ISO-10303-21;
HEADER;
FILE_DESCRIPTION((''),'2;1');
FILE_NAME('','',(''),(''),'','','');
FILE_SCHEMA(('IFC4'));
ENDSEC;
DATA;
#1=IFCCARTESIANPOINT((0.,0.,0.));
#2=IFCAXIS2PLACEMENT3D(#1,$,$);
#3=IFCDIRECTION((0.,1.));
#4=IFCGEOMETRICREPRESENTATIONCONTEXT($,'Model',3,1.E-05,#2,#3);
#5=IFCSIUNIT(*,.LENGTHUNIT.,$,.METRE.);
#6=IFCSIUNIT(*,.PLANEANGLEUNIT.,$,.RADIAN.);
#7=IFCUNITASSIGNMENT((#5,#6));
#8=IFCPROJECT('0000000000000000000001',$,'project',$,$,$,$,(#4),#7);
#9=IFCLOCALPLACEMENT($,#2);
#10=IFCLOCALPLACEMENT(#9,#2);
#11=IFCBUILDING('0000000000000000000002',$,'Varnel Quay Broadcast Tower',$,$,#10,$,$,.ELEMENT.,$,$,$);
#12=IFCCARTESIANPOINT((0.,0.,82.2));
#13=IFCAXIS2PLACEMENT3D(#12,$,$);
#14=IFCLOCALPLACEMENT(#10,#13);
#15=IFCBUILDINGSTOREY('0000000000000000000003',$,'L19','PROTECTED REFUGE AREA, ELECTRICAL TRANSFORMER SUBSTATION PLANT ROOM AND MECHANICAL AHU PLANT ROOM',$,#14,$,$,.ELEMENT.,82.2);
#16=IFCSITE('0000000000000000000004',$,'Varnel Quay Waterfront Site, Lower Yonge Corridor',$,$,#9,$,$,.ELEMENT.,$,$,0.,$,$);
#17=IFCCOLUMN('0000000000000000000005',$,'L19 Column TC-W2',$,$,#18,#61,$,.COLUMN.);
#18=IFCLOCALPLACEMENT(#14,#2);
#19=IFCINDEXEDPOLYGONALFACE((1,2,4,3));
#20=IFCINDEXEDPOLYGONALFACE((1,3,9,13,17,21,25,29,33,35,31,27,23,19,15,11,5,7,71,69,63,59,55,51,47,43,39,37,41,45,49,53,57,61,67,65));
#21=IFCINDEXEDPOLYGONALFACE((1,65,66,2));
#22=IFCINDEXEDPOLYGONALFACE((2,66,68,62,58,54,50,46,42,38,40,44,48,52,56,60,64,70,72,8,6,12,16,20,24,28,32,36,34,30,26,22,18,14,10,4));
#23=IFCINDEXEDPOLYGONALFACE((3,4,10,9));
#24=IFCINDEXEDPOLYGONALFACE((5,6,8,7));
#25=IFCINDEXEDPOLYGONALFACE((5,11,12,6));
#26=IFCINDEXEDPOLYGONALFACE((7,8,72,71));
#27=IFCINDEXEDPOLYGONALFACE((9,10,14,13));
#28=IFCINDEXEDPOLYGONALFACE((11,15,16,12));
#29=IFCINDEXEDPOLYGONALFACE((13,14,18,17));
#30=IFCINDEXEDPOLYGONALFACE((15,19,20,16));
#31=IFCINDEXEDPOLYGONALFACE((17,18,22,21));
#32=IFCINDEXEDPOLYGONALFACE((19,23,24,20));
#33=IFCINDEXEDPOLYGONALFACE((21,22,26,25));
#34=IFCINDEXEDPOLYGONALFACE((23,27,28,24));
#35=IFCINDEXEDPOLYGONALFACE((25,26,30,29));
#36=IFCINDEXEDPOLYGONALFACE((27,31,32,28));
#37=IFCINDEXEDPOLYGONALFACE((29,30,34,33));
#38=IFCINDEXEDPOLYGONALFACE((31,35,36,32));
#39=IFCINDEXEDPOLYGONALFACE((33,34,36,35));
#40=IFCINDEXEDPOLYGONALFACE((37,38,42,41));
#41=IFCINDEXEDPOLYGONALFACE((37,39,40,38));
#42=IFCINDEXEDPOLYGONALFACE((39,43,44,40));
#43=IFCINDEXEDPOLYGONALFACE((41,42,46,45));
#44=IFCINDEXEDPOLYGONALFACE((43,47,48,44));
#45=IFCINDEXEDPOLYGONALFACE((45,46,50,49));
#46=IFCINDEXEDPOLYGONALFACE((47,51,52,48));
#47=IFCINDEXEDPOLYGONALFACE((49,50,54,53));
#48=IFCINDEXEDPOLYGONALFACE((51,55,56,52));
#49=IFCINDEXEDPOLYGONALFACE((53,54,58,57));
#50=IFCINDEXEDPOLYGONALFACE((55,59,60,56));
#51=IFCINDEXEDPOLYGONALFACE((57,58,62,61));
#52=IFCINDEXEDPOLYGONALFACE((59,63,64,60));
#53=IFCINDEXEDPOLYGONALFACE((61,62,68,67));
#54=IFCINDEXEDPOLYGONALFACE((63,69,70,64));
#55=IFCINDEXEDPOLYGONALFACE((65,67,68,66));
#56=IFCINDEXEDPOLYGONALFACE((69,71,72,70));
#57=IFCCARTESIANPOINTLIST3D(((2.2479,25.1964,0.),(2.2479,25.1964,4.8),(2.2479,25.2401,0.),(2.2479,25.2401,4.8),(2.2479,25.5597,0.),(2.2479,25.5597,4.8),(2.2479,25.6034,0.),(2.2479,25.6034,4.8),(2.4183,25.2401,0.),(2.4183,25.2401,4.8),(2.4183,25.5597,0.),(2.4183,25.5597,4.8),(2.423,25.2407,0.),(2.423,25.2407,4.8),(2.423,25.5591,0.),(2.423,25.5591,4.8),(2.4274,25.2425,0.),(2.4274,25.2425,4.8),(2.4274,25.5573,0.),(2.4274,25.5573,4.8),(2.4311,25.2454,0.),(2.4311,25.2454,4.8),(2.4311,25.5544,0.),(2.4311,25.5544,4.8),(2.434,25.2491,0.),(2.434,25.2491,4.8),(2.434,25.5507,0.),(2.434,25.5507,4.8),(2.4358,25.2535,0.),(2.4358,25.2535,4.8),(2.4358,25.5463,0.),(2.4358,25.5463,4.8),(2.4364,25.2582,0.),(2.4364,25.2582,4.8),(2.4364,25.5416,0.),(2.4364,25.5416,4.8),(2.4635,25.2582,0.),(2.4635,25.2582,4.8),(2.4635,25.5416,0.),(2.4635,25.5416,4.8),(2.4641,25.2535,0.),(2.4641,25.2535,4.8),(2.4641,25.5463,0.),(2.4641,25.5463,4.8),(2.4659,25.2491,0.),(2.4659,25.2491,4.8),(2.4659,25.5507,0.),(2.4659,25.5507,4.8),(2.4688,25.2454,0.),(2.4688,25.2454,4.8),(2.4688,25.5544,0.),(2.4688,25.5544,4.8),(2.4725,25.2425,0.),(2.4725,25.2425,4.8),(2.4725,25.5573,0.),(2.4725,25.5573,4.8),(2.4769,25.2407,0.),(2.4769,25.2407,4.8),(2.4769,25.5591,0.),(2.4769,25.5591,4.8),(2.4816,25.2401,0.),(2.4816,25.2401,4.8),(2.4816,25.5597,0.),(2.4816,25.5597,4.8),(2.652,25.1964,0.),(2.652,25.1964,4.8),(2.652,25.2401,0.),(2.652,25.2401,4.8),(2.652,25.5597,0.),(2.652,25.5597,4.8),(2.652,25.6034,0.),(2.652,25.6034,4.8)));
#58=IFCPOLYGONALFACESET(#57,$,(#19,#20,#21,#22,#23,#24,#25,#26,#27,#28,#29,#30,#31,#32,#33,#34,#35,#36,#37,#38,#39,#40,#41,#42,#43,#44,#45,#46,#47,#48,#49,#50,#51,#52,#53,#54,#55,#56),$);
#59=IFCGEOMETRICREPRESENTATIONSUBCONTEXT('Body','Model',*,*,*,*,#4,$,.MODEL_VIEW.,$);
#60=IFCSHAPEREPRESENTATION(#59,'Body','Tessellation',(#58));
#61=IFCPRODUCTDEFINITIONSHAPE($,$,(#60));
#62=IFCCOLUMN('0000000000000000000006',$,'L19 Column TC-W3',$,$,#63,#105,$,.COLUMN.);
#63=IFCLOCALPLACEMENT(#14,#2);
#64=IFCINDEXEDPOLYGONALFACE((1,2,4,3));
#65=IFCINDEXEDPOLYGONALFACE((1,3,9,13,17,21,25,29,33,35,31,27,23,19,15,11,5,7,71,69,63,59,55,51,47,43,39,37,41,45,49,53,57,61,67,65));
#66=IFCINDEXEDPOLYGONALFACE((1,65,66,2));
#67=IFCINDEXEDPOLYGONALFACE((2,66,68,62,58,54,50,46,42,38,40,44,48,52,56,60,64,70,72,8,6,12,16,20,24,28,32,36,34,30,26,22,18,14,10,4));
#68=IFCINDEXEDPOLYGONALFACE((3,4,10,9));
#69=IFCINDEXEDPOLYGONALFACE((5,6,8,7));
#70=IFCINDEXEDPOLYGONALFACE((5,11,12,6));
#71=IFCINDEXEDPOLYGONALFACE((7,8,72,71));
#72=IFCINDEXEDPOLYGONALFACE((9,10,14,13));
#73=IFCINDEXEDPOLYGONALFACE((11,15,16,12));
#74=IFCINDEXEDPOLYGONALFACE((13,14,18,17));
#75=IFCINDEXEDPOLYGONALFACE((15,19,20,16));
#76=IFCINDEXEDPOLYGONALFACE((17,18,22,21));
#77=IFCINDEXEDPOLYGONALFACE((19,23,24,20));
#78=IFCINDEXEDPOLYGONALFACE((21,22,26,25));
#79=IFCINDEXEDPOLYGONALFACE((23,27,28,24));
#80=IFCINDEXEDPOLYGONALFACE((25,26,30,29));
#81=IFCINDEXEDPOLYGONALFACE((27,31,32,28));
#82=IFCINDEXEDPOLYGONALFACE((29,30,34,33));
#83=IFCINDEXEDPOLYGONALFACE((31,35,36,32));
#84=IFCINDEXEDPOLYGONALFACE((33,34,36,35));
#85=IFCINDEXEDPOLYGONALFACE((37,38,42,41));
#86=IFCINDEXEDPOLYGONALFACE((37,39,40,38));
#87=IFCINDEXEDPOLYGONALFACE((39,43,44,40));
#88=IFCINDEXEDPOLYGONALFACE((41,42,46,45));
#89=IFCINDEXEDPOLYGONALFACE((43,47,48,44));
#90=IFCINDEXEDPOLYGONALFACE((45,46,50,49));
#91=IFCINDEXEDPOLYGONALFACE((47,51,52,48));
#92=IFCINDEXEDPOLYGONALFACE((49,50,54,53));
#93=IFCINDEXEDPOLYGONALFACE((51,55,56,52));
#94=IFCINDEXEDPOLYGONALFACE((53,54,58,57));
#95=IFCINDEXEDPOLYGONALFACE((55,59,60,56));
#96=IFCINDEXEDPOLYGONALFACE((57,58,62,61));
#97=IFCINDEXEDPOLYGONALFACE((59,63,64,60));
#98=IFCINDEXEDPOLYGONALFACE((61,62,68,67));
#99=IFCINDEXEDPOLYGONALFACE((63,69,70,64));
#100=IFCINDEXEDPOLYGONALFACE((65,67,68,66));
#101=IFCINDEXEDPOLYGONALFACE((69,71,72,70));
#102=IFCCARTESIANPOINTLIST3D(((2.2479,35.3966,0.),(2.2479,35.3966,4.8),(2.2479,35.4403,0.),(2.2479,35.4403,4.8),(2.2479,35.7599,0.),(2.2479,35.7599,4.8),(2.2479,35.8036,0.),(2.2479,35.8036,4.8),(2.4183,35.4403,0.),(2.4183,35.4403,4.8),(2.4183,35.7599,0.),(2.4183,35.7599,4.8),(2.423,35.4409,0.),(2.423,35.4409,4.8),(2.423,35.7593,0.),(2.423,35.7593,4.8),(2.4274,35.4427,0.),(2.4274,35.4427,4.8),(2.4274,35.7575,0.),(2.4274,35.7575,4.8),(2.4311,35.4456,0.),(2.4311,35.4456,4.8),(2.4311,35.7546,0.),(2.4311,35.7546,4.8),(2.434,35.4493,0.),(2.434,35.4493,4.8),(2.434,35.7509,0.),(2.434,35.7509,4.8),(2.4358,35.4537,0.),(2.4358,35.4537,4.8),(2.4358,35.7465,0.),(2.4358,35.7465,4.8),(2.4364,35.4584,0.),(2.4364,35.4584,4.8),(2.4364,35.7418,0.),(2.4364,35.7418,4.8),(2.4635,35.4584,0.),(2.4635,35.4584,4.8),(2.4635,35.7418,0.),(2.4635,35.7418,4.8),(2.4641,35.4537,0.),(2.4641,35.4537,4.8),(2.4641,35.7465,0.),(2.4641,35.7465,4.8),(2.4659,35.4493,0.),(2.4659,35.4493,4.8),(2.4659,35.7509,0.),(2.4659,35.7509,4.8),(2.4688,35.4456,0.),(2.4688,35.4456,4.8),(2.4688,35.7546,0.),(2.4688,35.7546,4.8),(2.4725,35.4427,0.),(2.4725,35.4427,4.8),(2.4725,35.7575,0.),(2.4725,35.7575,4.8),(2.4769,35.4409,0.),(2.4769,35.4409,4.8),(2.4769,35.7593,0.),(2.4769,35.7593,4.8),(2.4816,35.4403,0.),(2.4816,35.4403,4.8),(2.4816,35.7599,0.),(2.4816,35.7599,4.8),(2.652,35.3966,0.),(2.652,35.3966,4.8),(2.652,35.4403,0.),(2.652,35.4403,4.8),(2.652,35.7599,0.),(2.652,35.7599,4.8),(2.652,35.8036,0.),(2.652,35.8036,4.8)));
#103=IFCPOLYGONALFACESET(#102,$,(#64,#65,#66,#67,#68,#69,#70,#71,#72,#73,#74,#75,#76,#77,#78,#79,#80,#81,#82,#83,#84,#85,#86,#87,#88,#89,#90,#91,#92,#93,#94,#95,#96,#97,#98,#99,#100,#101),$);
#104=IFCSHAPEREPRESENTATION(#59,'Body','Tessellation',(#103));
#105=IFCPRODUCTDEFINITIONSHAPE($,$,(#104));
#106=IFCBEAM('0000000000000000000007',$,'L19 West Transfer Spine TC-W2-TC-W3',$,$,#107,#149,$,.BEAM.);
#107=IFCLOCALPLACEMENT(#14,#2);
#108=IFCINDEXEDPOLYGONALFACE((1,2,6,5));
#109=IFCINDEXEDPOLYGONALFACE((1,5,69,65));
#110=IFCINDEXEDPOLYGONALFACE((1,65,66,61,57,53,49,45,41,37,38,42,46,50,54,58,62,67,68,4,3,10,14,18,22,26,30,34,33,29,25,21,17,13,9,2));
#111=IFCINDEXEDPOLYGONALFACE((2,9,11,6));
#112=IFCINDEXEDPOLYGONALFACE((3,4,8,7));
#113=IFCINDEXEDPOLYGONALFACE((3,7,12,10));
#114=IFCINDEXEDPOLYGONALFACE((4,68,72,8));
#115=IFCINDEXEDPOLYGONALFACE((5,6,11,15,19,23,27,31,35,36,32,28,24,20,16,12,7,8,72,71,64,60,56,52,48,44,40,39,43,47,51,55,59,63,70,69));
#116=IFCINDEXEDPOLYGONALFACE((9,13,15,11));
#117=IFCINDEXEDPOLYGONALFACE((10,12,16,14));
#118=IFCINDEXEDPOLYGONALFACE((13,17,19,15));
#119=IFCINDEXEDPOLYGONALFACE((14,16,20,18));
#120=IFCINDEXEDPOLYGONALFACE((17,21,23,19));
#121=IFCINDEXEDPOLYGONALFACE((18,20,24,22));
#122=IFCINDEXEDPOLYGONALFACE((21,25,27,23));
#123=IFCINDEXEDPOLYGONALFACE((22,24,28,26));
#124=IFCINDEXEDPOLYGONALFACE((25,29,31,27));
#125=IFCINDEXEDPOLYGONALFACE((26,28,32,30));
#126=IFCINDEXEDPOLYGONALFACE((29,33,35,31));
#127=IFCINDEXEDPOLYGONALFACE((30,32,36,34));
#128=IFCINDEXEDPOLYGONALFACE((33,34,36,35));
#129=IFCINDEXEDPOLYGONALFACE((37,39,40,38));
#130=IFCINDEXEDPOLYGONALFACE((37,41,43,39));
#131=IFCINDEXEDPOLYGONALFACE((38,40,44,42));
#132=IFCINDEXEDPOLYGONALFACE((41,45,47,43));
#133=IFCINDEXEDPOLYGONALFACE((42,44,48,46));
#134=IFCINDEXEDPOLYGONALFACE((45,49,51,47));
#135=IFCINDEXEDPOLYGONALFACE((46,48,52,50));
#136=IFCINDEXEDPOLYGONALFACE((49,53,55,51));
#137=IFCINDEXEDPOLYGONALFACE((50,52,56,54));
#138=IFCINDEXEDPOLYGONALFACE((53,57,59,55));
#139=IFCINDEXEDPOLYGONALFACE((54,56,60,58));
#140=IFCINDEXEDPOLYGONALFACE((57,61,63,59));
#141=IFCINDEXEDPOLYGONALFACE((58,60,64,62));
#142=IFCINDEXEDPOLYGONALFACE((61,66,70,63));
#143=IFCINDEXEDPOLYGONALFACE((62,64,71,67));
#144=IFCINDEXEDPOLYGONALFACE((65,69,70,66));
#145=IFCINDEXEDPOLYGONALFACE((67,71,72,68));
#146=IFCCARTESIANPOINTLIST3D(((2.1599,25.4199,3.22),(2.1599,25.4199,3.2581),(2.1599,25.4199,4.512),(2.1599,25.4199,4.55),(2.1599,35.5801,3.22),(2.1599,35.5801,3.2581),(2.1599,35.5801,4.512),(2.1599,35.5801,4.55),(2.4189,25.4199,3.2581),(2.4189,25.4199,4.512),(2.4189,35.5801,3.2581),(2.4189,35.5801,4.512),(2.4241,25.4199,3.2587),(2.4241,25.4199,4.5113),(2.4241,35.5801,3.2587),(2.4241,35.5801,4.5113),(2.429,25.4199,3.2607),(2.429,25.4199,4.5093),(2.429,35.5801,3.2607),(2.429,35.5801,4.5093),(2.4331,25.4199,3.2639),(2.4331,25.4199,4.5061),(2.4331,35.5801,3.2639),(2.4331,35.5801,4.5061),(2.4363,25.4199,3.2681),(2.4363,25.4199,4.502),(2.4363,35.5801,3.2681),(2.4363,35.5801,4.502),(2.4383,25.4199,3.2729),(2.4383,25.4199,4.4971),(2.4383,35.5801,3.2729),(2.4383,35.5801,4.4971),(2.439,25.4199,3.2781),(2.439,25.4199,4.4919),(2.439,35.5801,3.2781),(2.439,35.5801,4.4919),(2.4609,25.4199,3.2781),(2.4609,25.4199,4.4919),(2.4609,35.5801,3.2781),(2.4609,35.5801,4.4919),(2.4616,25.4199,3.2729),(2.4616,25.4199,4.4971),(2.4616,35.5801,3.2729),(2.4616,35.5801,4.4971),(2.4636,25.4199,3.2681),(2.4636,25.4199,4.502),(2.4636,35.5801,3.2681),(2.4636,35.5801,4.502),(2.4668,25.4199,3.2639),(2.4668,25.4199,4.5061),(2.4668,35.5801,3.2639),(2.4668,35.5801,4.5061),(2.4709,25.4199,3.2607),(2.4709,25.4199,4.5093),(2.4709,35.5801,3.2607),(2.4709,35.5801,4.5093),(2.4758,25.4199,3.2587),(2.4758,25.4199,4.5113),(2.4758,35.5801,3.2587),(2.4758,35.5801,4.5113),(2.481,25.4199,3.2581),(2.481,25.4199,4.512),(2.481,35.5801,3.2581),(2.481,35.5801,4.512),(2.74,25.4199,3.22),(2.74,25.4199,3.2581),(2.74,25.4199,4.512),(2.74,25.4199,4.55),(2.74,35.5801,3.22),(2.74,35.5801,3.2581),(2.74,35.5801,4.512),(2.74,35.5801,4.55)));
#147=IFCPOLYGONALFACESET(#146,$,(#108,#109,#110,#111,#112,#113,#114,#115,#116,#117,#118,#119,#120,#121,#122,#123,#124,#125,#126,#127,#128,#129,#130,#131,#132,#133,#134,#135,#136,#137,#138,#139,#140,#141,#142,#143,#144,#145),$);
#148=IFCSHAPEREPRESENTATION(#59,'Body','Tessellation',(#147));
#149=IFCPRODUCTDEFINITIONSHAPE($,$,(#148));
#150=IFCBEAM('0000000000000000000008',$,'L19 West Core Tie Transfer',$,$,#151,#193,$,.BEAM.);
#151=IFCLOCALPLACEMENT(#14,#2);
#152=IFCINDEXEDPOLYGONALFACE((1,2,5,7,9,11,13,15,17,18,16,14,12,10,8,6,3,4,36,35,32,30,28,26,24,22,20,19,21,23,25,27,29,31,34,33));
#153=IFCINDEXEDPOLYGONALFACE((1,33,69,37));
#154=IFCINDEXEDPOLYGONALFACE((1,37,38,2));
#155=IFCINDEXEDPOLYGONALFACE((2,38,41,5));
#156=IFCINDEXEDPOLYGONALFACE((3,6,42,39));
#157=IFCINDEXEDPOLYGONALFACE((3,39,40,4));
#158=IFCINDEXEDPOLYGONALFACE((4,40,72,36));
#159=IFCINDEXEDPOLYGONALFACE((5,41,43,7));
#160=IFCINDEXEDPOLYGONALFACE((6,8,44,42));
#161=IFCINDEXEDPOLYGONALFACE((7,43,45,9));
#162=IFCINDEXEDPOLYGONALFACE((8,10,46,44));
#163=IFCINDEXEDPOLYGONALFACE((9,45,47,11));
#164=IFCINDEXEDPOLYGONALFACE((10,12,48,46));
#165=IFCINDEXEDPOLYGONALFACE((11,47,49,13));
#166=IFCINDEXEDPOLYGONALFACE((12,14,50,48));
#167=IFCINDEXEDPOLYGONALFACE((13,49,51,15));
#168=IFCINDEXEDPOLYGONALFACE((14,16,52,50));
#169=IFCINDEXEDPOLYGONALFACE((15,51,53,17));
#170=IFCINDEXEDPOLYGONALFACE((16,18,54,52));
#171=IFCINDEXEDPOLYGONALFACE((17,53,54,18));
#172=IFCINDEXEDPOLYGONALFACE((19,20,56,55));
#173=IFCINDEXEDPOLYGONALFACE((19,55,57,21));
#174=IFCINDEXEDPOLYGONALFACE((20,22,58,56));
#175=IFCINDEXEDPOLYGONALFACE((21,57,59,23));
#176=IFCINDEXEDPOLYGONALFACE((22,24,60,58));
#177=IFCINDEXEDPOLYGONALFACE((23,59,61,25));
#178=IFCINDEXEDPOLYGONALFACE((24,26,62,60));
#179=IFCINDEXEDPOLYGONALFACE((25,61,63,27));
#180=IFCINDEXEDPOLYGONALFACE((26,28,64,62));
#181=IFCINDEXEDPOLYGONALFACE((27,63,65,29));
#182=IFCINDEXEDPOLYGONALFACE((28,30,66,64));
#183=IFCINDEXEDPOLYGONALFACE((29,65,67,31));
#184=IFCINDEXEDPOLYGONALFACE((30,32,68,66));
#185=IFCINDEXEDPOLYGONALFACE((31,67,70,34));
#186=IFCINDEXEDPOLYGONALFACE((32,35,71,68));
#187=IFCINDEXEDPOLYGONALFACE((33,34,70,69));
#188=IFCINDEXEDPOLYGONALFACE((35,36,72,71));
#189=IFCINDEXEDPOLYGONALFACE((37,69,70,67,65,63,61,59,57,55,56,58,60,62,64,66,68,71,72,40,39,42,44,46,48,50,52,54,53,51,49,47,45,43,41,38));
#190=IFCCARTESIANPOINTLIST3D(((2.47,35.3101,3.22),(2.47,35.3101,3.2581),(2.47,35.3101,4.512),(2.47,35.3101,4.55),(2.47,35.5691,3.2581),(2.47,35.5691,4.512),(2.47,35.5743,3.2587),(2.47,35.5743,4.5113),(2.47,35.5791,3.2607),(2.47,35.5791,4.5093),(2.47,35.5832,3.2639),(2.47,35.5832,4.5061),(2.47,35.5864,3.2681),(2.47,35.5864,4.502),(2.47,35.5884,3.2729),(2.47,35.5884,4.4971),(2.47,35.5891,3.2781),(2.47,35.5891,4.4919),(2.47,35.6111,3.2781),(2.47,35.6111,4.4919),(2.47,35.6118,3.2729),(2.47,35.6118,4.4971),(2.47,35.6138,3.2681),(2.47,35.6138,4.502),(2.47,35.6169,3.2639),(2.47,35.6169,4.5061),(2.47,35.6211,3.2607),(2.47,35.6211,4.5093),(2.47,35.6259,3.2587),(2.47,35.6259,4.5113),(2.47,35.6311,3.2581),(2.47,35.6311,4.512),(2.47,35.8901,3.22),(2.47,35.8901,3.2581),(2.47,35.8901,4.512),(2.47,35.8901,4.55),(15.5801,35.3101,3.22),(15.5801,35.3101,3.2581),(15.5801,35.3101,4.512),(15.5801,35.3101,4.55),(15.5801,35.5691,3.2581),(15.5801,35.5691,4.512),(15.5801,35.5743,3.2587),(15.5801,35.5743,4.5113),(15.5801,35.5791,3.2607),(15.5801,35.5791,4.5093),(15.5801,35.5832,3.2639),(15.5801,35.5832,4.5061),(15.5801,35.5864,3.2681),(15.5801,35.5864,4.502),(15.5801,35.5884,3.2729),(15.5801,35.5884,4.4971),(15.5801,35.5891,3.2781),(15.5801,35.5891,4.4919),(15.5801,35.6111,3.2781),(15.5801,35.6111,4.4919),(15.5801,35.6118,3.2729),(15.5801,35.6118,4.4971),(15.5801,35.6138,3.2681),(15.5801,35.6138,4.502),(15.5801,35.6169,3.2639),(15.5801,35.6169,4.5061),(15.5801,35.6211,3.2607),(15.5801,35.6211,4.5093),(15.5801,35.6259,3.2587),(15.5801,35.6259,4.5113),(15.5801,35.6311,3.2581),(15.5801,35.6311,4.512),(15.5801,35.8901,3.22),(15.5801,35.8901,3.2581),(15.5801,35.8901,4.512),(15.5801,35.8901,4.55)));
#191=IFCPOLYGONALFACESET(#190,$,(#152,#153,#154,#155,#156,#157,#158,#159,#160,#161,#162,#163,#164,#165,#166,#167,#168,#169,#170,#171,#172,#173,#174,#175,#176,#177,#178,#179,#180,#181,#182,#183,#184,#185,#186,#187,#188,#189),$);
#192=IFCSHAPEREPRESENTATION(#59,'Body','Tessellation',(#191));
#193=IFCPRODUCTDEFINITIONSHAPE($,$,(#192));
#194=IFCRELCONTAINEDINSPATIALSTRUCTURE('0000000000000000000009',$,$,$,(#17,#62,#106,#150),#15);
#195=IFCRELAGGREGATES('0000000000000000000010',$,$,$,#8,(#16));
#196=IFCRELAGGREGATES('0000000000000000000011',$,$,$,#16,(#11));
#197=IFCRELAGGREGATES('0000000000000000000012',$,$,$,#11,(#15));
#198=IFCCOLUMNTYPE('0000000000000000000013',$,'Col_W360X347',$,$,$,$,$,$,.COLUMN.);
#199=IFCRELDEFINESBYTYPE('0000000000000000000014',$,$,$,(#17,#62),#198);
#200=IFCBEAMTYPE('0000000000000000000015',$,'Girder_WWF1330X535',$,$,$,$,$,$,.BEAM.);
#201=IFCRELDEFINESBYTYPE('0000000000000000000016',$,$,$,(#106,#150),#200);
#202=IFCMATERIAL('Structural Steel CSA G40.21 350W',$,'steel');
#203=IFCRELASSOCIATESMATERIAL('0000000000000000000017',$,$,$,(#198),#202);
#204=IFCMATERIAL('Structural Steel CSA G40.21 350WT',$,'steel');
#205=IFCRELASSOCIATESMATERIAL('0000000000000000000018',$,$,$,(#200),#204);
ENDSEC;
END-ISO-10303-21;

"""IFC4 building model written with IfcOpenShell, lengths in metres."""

from ifc_helpers import new_model, si_unit, direction, frame, origin, origin_2d, place, context, subcontext, project, spatial, i_section, extrude, source, transform, mapped, material, material_profile, profile_set, type_object, type_shapes, element, save


model = new_model("IFC4")

# Units and contexts
model_context = context("Model", 3, precision=1e-05, world=origin(), true_north=direction((0.0, 1.0)))
body_context = subcontext(model_context, "Body", "Model", "MODEL_VIEW")
ifc_project = project(units=[si_unit("LENGTHUNIT", "METRE"), si_unit("PLANEANGLEUNIT", "RADIAN")], contexts=[model_context])

# Site, building, storey
site_placement = place(None, origin())
site = spatial("IfcSite", under=ifc_project, at=site_placement, Name="Varnel Quay Waterfront Site, Lower Yonge Corridor", CompositionType="ELEMENT", RefElevation=0.0)
building_placement = place(site_placement, origin())
building = spatial("IfcBuilding", under=site, at=building_placement, Name="Varnel Quay Broadcast Tower", CompositionType="ELEMENT")
storey_placement = place(building_placement, frame((0.0, 0.0, 82.2)))
storey = spatial("IfcBuildingStorey", under=building, at=storey_placement, Name="L19", Description="PROTECTED REFUGE AREA, ELECTRICAL TRANSFORMER SUBSTATION PLANT ROOM AND MECHANICAL AHU PLANT ROOM", CompositionType="ELEMENT", Elevation=82.2)

# Columns
ifc_material_1 = material(Name="Structural Steel CSA G40.21 350W", Category="steel")
ifc_material_profile_1 = material_profile(ifc_material_1, i_section(OverallWidth=0.4041, OverallDepth=0.407, WebThickness=0.0271, FlangeThickness=0.0437, FilletRadius=0.0181, at=origin_2d()), Name="W360X347")
ifc_profile_set_1 = profile_set([ifc_material_profile_1], Name="Structural Steel CSA G40.21 350W")
column_type = type_object("IfcColumnType", Name="Col_W360X347", PredefinedType="COLUMN", material=ifc_profile_set_1)
shared_shape_1 = source(origin(), body_context, "Body", "SweptSolid", [
    extrude(i_section(OverallWidth=0.4041, OverallDepth=0.407, WebThickness=0.0271, FlangeThickness=0.0437, FilletRadius=0.0181, at=origin_2d()), origin(), (0.0, 0.0, 1.0), 4.8),
])
type_shapes(column_type, [shared_shape_1])
for number, where, z_axis, x_axis, name in (
    (1, (2.45, 25.3999, 0.0), (0.0, 0.0, 1.0), (1.0, 0.0, 0.0), "L19 Column TC-W2"),
    (2, (2.45, 35.6001, 0.0), (0.0, 0.0, 1.0), (1.0, 0.0, 0.0), "L19 Column TC-W3"),
):
    element("IfcColumn", number, at=place(storey_placement, frame(where, z_axis=z_axis, x_axis=x_axis)), inside=storey, type_object=column_type, Name=name, PredefinedType="COLUMN", context=body_context, shape_type="MappedRepresentation", body=[
        mapped(shared_shape_1, transform((0.0, 0.0, 0.0), x_axis=(1.0, 0.0, 0.0), y_axis=(0.0, 1.0, 0.0), z_axis=(0.0, 0.0, 1.0), scale=1.0)),
    ])

# Beams
ifc_material_2 = material(Name="Structural Steel CSA G40.21 350WT", Category="steel")
ifc_material_profile_2 = material_profile(ifc_material_2, i_section(OverallWidth=0.5801, OverallDepth=1.3301, WebThickness=0.022, FlangeThickness=0.0381, FilletRadius=0.02, at=origin_2d()), Name="WWF1330X535")
ifc_profile_set_2 = profile_set([ifc_material_profile_2], Name="Structural Steel CSA G40.21 350WT")
beam_type_1 = type_object("IfcBeamType", Name="Girder_WWF1330X535", PredefinedType="BEAM", material=ifc_profile_set_2)
shared_shape_2 = source(origin(), body_context, "Body", "SweptSolid", [
    extrude(i_section(OverallWidth=0.5801, OverallDepth=1.3301, WebThickness=0.022, FlangeThickness=0.0381, FilletRadius=0.02, at=origin_2d()), origin(), (0.0, 0.0, 1.0), 10.1602),
])
beam_1_placement = place(storey_placement, frame((2.45, 25.4199, 3.885), z_axis=(0.0, 1.0, 0.0), x_axis=(-1.0, 0.0, 0.0)))
element("IfcBeam", 3, at=beam_1_placement, inside=storey, type_object=beam_type_1, Name="L19 West Transfer Spine TC-W2-TC-W3", PredefinedType="BEAM", context=body_context, shape_type="MappedRepresentation", body=[
    mapped(shared_shape_2, transform((0.0, 0.0, 0.0), x_axis=(1.0, 0.0, 0.0), y_axis=(0.0, 1.0, 0.0), z_axis=(0.0, 0.0, 1.0), scale=1.0)),
])
shared_shape_3 = source(origin(), body_context, "Body", "SweptSolid", [
    extrude(i_section(OverallWidth=0.5801, OverallDepth=1.3301, WebThickness=0.022, FlangeThickness=0.0381, FilletRadius=0.02, at=origin_2d()), origin(), (0.0, 0.0, 1.0), 13.1101),
])
beam_2_placement = place(storey_placement, frame((2.47, 35.6001, 3.885), z_axis=(1.0, 0.0, 0.0), x_axis=(0.0, 1.0, 0.0)))
element("IfcBeam", 4, at=beam_2_placement, inside=storey, type_object=beam_type_1, Name="L19 West Core Tie Transfer", PredefinedType="BEAM", context=body_context, shape_type="MappedRepresentation", body=[
    mapped(shared_shape_3, transform((0.0, 0.0, 0.0), x_axis=(1.0, 0.0, 0.0), y_axis=(0.0, 1.0, 0.0), z_axis=(0.0, 0.0, 1.0), scale=1.0)),
])

save(model, "model.ifc")
